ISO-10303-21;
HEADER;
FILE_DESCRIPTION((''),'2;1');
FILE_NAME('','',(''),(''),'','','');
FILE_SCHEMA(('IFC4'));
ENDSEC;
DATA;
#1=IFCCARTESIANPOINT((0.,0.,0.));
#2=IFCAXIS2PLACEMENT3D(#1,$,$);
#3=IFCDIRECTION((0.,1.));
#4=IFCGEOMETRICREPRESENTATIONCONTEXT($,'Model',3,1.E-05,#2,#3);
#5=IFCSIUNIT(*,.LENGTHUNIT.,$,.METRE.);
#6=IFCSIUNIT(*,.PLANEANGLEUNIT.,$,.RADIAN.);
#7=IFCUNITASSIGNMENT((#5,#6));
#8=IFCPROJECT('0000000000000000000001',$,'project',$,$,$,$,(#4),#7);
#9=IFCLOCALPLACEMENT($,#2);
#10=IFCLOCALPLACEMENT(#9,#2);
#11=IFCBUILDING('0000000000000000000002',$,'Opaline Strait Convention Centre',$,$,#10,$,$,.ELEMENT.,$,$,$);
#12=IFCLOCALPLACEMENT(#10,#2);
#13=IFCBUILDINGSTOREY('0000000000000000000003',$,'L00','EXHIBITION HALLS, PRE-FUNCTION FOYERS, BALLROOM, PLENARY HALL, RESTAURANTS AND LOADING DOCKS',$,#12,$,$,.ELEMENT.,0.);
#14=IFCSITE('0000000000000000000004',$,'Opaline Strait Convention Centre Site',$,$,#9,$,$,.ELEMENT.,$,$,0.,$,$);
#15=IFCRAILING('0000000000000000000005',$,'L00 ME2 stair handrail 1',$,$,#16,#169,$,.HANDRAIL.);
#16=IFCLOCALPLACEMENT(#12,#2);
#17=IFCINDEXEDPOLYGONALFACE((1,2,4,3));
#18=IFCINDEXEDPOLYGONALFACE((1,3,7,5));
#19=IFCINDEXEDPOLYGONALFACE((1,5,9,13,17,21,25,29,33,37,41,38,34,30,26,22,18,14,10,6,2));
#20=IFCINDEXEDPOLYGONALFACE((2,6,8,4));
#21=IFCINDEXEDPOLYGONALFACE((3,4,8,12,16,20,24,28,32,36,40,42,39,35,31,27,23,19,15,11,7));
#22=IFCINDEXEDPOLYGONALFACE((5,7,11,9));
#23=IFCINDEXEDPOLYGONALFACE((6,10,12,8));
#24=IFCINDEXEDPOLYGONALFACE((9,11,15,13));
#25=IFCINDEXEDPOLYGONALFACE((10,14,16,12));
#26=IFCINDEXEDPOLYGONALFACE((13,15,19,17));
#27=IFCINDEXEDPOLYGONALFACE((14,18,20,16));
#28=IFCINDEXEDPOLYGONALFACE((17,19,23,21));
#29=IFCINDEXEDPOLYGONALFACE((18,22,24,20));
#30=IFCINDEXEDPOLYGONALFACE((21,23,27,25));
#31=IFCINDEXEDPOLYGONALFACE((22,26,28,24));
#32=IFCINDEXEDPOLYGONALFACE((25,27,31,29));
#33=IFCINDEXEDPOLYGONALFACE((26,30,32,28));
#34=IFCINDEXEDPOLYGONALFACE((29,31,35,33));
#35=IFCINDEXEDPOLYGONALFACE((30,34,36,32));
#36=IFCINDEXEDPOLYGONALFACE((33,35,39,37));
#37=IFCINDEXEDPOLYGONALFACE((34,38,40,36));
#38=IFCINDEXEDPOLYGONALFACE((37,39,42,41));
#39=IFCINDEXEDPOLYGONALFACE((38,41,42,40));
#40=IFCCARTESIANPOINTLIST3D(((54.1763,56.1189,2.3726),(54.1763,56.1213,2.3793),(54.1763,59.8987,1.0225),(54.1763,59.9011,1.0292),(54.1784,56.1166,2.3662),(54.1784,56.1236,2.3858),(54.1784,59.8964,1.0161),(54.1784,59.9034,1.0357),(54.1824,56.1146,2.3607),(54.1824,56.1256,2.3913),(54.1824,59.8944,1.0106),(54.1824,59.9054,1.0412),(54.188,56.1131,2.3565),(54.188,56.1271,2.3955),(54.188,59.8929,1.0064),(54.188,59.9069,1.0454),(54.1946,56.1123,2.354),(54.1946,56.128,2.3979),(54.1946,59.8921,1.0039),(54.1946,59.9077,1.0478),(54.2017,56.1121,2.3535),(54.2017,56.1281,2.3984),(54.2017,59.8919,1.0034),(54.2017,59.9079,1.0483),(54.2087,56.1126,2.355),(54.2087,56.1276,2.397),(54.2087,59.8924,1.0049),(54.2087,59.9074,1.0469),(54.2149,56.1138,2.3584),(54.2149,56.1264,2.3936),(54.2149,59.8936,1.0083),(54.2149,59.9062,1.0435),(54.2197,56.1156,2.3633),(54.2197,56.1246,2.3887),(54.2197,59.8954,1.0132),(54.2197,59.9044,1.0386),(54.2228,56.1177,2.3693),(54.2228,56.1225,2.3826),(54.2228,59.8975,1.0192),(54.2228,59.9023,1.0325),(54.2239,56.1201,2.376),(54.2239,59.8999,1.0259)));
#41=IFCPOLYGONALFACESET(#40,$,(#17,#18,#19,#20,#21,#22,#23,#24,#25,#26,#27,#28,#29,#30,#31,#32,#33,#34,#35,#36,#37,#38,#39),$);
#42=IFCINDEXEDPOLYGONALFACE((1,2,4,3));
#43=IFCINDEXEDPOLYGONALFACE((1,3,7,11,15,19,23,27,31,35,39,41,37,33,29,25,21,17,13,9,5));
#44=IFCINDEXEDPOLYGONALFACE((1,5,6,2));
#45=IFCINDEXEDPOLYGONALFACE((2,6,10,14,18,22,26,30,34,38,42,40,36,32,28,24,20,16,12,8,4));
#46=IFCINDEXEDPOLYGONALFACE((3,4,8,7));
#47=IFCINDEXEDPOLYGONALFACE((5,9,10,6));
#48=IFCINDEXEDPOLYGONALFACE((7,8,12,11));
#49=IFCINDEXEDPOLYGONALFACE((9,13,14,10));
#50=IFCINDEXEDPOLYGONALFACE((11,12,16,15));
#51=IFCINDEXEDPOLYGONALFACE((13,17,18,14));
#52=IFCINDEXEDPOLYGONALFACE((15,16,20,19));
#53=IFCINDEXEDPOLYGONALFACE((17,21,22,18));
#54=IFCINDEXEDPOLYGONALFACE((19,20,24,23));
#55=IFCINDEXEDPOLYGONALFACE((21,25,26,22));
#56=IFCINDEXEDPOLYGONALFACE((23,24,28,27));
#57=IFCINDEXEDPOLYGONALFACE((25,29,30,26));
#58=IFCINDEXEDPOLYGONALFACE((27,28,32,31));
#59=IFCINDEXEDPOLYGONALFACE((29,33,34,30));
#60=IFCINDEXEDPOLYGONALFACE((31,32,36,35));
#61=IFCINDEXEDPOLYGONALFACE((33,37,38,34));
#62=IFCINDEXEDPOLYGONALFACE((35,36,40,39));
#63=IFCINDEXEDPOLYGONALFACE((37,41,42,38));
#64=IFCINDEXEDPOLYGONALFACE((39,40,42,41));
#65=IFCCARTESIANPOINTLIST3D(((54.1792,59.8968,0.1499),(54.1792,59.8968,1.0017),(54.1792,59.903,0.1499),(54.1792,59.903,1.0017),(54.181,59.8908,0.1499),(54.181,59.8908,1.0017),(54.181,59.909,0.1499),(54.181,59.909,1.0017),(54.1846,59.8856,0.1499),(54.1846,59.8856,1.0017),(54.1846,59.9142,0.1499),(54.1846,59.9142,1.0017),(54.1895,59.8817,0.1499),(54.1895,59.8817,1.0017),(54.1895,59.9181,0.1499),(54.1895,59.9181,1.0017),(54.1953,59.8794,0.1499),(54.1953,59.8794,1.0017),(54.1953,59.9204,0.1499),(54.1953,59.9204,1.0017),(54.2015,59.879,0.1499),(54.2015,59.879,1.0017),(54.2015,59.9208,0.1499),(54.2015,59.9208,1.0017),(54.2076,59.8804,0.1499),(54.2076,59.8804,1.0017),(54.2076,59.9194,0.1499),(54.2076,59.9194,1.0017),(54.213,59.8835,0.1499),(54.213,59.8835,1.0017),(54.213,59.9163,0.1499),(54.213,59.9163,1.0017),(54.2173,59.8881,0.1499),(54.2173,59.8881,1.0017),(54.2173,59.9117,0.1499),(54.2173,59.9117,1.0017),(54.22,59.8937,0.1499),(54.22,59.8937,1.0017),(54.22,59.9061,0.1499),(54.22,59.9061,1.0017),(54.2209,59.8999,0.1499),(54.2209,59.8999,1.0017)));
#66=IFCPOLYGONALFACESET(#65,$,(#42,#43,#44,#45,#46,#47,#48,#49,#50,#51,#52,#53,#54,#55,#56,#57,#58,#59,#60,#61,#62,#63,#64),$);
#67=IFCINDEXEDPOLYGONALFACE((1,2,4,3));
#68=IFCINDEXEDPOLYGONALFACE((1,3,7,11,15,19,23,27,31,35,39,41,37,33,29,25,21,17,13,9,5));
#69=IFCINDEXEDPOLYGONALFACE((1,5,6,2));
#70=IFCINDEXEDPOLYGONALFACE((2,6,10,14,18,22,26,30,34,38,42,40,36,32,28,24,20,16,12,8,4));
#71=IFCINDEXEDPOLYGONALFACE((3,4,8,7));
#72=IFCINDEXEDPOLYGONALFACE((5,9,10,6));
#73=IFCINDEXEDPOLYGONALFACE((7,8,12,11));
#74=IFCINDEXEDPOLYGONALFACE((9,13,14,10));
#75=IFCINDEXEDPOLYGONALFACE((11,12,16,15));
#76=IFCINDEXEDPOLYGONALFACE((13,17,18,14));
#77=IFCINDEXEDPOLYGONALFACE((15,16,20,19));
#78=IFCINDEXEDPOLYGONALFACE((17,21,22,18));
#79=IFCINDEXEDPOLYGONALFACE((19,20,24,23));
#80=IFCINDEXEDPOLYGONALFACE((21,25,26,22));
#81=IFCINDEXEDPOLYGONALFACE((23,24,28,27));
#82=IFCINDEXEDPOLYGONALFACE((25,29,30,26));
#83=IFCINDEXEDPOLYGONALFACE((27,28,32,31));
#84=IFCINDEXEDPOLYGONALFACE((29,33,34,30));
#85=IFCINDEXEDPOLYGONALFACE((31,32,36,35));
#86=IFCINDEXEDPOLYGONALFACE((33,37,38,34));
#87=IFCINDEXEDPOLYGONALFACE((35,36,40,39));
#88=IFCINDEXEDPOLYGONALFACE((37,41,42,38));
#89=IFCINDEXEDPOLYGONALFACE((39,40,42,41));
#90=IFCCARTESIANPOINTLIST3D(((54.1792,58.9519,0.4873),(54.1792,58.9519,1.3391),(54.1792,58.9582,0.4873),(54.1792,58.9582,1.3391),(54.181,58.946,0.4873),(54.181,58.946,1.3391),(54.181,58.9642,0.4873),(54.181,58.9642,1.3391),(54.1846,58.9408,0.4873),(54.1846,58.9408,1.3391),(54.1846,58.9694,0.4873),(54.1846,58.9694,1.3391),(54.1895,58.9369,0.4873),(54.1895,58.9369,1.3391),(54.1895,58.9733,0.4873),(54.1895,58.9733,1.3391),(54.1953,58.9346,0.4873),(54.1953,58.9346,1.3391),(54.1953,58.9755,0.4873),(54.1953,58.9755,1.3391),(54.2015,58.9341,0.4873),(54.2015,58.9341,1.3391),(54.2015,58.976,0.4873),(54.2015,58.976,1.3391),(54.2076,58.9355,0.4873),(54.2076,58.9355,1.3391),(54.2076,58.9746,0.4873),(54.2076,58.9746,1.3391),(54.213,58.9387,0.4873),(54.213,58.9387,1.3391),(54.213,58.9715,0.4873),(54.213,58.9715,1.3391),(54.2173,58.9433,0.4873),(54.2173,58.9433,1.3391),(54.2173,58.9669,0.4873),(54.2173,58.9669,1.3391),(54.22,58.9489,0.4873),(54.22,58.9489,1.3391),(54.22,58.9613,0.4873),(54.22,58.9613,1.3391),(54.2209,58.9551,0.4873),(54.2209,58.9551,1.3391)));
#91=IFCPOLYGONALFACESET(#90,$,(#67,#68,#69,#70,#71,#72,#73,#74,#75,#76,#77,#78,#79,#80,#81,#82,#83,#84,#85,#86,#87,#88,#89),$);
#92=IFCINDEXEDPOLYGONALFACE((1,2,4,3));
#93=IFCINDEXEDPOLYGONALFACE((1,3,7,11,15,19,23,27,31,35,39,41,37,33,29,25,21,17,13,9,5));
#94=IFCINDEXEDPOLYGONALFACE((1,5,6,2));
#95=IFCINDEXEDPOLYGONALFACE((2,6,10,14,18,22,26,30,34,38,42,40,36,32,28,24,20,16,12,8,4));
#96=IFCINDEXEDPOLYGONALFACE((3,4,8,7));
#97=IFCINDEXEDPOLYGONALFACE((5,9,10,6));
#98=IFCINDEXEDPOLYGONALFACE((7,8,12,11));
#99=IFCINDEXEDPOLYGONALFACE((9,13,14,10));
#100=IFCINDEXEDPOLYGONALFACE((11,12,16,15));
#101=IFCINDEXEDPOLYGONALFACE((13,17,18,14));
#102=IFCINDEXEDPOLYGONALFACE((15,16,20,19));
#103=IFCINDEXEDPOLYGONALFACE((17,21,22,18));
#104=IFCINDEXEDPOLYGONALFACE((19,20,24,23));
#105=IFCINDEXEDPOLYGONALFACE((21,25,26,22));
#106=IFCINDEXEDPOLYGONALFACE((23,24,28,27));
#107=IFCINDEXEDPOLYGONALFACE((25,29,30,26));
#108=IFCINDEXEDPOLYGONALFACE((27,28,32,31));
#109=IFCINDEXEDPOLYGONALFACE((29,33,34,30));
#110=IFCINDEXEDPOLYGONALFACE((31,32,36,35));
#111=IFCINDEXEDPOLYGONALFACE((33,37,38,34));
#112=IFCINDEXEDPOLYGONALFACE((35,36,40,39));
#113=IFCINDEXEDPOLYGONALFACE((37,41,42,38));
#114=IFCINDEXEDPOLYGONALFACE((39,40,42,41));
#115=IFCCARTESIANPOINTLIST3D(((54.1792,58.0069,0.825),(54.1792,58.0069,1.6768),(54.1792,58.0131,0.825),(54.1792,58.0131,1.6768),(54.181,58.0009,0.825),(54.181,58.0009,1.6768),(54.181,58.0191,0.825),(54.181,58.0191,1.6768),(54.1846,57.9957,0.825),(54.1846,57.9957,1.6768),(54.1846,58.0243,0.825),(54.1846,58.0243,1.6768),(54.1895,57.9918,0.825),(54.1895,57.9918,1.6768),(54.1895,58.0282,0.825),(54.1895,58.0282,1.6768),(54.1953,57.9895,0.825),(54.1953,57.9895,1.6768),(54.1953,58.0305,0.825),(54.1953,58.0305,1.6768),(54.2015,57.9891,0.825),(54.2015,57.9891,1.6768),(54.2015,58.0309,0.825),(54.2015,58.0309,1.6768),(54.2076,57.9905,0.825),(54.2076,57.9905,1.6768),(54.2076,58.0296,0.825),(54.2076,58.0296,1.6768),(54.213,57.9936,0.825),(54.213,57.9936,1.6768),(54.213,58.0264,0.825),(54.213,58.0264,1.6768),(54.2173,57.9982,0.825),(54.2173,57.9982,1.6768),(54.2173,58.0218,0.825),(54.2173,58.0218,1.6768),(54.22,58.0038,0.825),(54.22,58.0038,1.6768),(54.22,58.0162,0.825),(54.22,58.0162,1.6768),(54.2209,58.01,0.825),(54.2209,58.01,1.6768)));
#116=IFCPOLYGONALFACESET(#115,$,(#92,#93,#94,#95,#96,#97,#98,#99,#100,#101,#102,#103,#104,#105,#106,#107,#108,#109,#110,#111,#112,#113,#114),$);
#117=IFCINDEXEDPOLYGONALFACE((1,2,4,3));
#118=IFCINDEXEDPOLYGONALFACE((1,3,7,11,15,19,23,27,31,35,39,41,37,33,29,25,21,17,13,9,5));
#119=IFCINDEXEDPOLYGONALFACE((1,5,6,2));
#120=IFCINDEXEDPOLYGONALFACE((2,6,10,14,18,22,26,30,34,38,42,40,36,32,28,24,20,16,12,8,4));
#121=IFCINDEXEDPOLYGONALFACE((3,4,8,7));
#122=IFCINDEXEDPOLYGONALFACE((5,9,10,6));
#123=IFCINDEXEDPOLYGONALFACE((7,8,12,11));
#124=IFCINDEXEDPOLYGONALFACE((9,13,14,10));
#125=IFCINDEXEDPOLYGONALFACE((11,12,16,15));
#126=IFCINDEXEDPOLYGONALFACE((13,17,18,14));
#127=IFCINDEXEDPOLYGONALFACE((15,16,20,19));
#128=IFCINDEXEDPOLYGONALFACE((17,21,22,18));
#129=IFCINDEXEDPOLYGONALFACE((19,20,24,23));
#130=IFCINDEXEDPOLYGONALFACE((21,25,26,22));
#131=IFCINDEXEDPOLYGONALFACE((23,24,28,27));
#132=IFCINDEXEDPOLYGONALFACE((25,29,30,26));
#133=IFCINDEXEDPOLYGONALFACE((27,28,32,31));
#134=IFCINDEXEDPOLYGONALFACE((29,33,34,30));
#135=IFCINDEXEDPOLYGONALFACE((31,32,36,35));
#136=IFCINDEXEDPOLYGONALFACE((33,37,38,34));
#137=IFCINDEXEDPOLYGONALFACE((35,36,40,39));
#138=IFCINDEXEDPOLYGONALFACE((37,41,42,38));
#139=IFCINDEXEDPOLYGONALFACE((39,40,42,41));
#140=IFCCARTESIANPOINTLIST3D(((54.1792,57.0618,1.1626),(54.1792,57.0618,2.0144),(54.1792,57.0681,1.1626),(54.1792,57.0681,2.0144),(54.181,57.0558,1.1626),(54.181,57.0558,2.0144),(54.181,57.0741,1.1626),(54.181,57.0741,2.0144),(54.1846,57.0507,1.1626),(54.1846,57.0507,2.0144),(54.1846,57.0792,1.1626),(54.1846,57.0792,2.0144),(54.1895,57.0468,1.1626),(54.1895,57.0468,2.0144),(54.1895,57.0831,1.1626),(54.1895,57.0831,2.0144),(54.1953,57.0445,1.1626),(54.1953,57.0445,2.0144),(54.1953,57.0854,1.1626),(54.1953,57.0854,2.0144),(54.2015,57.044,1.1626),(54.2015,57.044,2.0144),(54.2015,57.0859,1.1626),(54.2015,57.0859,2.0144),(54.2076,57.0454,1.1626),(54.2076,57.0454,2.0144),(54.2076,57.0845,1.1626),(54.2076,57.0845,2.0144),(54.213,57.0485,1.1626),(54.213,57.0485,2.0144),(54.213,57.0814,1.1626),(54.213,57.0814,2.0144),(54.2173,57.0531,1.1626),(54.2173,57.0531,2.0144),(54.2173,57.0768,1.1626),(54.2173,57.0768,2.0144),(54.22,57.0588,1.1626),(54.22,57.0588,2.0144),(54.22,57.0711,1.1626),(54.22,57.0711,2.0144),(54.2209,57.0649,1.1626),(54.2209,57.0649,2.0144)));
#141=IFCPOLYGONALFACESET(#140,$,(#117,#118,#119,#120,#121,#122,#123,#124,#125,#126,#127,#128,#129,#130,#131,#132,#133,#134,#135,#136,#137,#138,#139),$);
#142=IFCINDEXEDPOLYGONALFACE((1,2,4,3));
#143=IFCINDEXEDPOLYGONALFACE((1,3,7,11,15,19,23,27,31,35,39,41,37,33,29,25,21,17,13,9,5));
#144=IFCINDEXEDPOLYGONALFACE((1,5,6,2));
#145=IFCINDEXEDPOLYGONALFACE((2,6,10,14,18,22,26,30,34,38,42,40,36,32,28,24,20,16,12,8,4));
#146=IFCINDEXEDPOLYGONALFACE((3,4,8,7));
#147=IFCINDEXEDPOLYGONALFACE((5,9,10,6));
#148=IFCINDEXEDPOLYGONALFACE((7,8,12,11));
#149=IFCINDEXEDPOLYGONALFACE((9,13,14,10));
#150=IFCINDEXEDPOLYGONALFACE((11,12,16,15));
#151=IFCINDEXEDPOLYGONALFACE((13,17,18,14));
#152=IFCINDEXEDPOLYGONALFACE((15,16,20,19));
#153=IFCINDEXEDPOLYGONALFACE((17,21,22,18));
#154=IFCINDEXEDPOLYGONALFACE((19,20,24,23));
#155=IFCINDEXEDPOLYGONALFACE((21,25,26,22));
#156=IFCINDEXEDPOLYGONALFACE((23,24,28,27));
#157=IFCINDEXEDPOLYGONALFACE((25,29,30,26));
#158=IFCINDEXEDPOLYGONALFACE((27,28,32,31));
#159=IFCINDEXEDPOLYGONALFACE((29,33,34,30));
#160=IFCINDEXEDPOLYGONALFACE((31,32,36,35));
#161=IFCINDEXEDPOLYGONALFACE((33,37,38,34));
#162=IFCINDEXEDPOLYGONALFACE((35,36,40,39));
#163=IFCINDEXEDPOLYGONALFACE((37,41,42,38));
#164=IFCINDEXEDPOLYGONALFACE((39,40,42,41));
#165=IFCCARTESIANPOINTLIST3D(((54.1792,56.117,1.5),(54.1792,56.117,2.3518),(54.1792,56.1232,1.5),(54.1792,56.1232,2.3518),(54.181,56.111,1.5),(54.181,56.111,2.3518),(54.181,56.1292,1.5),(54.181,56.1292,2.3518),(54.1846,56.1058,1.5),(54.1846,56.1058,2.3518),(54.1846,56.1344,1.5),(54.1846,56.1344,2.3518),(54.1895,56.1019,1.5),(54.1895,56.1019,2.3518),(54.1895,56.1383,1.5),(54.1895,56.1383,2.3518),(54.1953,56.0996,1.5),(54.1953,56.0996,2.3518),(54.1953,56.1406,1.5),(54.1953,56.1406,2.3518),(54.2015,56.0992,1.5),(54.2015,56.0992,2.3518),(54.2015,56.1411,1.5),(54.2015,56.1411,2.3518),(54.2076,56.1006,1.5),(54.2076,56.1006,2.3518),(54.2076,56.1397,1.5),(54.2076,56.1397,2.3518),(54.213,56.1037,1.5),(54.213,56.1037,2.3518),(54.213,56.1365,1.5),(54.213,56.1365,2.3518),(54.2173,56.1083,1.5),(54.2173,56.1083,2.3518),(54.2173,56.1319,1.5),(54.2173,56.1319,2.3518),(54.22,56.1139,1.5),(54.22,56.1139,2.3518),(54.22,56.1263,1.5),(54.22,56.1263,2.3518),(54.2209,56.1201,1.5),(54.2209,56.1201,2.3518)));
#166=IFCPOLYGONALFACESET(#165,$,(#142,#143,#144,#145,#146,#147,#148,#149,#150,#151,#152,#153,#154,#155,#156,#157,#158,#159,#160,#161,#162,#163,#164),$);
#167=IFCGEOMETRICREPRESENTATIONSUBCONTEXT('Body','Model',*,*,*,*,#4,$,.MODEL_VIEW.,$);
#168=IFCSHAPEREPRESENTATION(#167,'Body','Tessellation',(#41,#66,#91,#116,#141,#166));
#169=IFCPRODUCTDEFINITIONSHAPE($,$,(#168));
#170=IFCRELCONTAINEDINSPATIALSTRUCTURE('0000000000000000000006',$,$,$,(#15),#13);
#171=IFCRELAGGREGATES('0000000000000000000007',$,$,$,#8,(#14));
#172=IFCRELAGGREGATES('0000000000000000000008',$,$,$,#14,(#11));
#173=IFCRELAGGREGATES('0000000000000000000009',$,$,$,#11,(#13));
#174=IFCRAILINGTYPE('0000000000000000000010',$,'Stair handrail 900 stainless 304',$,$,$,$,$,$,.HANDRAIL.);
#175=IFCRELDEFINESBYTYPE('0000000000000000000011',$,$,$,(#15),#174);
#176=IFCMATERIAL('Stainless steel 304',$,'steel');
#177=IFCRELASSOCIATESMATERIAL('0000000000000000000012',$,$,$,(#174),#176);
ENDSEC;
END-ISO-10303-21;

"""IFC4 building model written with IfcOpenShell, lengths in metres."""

from ifc_helpers import new_model, si_unit, direction, frame, origin, origin_2d, place, context, subcontext, project, spatial, circle, extrude, material, type_object, element, save


model = new_model("IFC4")

# Units and contexts
model_context = context("Model", 3, precision=1e-05, world=origin(), true_north=direction((0.0, 1.0)))
body_context = subcontext(model_context, "Body", "Model", "MODEL_VIEW")
ifc_project = project(units=[si_unit("LENGTHUNIT", "METRE"), si_unit("PLANEANGLEUNIT", "RADIAN")], contexts=[model_context])

# Site, building, storey
site_placement = place(None, origin())
site = spatial("IfcSite", under=ifc_project, at=site_placement, Name="Opaline Strait Convention Centre Site", CompositionType="ELEMENT", RefElevation=0.0)
building_placement = place(site_placement, origin())
building = spatial("IfcBuilding", under=site, at=building_placement, Name="Opaline Strait Convention Centre", CompositionType="ELEMENT")
storey_placement = place(building_placement, origin())
storey = spatial("IfcBuildingStorey", under=building, at=storey_placement, Name="L00", Description="EXHIBITION HALLS, PRE-FUNCTION FOYERS, BALLROOM, PLENARY HALL, RESTAURANTS AND LOADING DOCKS", CompositionType="ELEMENT", Elevation=0.0)

# Railing
ifc_material_1 = material(Name="Stainless steel 304", Category="steel")
railing_type = type_object("IfcRailingType", Name="Stair handrail 900 stainless 304", PredefinedType="HANDRAIL", material=ifc_material_1)
for number, where, name in (
    (1, (54.2, 59.8999, 0.1499), "L00 ME2 stair handrail 1"),
):
    element("IfcRailing", number, at=place(storey_placement, frame(where)), inside=storey, type_object=railing_type, Name=name, PredefinedType="HANDRAIL", context=body_context, shape_type="SweptSolid", body=[
        extrude(circle(Radius=0.0239, at=origin_2d()), frame((0.0, 0.0, 0.876), z_axis=(0.0, -0.941728, 0.336375), x_axis=(1.0, 0.0, 0.0)), (0.0, 0.0, 1.0), 4.0137),
        extrude(circle(Radius=0.021, at=origin_2d()), origin(), (0.0, 0.0, 1.0), 0.8518),
        extrude(circle(Radius=0.021, at=origin_2d()), frame((0.0, -0.9448, 0.3374)), (0.0, 0.0, 1.0), 0.8518),
        extrude(circle(Radius=0.021, at=origin_2d()), frame((0.0, -1.8899, 0.675)), (0.0, 0.0, 1.0), 0.8518),
        extrude(circle(Radius=0.021, at=origin_2d()), frame((0.0, -2.835, 1.0127)), (0.0, 0.0, 1.0), 0.8518),
        extrude(circle(Radius=0.021, at=origin_2d()), frame((0.0, -3.7798, 1.3501)), (0.0, 0.0, 1.0), 0.8518),
    ])

save(model, "model.ifc")
